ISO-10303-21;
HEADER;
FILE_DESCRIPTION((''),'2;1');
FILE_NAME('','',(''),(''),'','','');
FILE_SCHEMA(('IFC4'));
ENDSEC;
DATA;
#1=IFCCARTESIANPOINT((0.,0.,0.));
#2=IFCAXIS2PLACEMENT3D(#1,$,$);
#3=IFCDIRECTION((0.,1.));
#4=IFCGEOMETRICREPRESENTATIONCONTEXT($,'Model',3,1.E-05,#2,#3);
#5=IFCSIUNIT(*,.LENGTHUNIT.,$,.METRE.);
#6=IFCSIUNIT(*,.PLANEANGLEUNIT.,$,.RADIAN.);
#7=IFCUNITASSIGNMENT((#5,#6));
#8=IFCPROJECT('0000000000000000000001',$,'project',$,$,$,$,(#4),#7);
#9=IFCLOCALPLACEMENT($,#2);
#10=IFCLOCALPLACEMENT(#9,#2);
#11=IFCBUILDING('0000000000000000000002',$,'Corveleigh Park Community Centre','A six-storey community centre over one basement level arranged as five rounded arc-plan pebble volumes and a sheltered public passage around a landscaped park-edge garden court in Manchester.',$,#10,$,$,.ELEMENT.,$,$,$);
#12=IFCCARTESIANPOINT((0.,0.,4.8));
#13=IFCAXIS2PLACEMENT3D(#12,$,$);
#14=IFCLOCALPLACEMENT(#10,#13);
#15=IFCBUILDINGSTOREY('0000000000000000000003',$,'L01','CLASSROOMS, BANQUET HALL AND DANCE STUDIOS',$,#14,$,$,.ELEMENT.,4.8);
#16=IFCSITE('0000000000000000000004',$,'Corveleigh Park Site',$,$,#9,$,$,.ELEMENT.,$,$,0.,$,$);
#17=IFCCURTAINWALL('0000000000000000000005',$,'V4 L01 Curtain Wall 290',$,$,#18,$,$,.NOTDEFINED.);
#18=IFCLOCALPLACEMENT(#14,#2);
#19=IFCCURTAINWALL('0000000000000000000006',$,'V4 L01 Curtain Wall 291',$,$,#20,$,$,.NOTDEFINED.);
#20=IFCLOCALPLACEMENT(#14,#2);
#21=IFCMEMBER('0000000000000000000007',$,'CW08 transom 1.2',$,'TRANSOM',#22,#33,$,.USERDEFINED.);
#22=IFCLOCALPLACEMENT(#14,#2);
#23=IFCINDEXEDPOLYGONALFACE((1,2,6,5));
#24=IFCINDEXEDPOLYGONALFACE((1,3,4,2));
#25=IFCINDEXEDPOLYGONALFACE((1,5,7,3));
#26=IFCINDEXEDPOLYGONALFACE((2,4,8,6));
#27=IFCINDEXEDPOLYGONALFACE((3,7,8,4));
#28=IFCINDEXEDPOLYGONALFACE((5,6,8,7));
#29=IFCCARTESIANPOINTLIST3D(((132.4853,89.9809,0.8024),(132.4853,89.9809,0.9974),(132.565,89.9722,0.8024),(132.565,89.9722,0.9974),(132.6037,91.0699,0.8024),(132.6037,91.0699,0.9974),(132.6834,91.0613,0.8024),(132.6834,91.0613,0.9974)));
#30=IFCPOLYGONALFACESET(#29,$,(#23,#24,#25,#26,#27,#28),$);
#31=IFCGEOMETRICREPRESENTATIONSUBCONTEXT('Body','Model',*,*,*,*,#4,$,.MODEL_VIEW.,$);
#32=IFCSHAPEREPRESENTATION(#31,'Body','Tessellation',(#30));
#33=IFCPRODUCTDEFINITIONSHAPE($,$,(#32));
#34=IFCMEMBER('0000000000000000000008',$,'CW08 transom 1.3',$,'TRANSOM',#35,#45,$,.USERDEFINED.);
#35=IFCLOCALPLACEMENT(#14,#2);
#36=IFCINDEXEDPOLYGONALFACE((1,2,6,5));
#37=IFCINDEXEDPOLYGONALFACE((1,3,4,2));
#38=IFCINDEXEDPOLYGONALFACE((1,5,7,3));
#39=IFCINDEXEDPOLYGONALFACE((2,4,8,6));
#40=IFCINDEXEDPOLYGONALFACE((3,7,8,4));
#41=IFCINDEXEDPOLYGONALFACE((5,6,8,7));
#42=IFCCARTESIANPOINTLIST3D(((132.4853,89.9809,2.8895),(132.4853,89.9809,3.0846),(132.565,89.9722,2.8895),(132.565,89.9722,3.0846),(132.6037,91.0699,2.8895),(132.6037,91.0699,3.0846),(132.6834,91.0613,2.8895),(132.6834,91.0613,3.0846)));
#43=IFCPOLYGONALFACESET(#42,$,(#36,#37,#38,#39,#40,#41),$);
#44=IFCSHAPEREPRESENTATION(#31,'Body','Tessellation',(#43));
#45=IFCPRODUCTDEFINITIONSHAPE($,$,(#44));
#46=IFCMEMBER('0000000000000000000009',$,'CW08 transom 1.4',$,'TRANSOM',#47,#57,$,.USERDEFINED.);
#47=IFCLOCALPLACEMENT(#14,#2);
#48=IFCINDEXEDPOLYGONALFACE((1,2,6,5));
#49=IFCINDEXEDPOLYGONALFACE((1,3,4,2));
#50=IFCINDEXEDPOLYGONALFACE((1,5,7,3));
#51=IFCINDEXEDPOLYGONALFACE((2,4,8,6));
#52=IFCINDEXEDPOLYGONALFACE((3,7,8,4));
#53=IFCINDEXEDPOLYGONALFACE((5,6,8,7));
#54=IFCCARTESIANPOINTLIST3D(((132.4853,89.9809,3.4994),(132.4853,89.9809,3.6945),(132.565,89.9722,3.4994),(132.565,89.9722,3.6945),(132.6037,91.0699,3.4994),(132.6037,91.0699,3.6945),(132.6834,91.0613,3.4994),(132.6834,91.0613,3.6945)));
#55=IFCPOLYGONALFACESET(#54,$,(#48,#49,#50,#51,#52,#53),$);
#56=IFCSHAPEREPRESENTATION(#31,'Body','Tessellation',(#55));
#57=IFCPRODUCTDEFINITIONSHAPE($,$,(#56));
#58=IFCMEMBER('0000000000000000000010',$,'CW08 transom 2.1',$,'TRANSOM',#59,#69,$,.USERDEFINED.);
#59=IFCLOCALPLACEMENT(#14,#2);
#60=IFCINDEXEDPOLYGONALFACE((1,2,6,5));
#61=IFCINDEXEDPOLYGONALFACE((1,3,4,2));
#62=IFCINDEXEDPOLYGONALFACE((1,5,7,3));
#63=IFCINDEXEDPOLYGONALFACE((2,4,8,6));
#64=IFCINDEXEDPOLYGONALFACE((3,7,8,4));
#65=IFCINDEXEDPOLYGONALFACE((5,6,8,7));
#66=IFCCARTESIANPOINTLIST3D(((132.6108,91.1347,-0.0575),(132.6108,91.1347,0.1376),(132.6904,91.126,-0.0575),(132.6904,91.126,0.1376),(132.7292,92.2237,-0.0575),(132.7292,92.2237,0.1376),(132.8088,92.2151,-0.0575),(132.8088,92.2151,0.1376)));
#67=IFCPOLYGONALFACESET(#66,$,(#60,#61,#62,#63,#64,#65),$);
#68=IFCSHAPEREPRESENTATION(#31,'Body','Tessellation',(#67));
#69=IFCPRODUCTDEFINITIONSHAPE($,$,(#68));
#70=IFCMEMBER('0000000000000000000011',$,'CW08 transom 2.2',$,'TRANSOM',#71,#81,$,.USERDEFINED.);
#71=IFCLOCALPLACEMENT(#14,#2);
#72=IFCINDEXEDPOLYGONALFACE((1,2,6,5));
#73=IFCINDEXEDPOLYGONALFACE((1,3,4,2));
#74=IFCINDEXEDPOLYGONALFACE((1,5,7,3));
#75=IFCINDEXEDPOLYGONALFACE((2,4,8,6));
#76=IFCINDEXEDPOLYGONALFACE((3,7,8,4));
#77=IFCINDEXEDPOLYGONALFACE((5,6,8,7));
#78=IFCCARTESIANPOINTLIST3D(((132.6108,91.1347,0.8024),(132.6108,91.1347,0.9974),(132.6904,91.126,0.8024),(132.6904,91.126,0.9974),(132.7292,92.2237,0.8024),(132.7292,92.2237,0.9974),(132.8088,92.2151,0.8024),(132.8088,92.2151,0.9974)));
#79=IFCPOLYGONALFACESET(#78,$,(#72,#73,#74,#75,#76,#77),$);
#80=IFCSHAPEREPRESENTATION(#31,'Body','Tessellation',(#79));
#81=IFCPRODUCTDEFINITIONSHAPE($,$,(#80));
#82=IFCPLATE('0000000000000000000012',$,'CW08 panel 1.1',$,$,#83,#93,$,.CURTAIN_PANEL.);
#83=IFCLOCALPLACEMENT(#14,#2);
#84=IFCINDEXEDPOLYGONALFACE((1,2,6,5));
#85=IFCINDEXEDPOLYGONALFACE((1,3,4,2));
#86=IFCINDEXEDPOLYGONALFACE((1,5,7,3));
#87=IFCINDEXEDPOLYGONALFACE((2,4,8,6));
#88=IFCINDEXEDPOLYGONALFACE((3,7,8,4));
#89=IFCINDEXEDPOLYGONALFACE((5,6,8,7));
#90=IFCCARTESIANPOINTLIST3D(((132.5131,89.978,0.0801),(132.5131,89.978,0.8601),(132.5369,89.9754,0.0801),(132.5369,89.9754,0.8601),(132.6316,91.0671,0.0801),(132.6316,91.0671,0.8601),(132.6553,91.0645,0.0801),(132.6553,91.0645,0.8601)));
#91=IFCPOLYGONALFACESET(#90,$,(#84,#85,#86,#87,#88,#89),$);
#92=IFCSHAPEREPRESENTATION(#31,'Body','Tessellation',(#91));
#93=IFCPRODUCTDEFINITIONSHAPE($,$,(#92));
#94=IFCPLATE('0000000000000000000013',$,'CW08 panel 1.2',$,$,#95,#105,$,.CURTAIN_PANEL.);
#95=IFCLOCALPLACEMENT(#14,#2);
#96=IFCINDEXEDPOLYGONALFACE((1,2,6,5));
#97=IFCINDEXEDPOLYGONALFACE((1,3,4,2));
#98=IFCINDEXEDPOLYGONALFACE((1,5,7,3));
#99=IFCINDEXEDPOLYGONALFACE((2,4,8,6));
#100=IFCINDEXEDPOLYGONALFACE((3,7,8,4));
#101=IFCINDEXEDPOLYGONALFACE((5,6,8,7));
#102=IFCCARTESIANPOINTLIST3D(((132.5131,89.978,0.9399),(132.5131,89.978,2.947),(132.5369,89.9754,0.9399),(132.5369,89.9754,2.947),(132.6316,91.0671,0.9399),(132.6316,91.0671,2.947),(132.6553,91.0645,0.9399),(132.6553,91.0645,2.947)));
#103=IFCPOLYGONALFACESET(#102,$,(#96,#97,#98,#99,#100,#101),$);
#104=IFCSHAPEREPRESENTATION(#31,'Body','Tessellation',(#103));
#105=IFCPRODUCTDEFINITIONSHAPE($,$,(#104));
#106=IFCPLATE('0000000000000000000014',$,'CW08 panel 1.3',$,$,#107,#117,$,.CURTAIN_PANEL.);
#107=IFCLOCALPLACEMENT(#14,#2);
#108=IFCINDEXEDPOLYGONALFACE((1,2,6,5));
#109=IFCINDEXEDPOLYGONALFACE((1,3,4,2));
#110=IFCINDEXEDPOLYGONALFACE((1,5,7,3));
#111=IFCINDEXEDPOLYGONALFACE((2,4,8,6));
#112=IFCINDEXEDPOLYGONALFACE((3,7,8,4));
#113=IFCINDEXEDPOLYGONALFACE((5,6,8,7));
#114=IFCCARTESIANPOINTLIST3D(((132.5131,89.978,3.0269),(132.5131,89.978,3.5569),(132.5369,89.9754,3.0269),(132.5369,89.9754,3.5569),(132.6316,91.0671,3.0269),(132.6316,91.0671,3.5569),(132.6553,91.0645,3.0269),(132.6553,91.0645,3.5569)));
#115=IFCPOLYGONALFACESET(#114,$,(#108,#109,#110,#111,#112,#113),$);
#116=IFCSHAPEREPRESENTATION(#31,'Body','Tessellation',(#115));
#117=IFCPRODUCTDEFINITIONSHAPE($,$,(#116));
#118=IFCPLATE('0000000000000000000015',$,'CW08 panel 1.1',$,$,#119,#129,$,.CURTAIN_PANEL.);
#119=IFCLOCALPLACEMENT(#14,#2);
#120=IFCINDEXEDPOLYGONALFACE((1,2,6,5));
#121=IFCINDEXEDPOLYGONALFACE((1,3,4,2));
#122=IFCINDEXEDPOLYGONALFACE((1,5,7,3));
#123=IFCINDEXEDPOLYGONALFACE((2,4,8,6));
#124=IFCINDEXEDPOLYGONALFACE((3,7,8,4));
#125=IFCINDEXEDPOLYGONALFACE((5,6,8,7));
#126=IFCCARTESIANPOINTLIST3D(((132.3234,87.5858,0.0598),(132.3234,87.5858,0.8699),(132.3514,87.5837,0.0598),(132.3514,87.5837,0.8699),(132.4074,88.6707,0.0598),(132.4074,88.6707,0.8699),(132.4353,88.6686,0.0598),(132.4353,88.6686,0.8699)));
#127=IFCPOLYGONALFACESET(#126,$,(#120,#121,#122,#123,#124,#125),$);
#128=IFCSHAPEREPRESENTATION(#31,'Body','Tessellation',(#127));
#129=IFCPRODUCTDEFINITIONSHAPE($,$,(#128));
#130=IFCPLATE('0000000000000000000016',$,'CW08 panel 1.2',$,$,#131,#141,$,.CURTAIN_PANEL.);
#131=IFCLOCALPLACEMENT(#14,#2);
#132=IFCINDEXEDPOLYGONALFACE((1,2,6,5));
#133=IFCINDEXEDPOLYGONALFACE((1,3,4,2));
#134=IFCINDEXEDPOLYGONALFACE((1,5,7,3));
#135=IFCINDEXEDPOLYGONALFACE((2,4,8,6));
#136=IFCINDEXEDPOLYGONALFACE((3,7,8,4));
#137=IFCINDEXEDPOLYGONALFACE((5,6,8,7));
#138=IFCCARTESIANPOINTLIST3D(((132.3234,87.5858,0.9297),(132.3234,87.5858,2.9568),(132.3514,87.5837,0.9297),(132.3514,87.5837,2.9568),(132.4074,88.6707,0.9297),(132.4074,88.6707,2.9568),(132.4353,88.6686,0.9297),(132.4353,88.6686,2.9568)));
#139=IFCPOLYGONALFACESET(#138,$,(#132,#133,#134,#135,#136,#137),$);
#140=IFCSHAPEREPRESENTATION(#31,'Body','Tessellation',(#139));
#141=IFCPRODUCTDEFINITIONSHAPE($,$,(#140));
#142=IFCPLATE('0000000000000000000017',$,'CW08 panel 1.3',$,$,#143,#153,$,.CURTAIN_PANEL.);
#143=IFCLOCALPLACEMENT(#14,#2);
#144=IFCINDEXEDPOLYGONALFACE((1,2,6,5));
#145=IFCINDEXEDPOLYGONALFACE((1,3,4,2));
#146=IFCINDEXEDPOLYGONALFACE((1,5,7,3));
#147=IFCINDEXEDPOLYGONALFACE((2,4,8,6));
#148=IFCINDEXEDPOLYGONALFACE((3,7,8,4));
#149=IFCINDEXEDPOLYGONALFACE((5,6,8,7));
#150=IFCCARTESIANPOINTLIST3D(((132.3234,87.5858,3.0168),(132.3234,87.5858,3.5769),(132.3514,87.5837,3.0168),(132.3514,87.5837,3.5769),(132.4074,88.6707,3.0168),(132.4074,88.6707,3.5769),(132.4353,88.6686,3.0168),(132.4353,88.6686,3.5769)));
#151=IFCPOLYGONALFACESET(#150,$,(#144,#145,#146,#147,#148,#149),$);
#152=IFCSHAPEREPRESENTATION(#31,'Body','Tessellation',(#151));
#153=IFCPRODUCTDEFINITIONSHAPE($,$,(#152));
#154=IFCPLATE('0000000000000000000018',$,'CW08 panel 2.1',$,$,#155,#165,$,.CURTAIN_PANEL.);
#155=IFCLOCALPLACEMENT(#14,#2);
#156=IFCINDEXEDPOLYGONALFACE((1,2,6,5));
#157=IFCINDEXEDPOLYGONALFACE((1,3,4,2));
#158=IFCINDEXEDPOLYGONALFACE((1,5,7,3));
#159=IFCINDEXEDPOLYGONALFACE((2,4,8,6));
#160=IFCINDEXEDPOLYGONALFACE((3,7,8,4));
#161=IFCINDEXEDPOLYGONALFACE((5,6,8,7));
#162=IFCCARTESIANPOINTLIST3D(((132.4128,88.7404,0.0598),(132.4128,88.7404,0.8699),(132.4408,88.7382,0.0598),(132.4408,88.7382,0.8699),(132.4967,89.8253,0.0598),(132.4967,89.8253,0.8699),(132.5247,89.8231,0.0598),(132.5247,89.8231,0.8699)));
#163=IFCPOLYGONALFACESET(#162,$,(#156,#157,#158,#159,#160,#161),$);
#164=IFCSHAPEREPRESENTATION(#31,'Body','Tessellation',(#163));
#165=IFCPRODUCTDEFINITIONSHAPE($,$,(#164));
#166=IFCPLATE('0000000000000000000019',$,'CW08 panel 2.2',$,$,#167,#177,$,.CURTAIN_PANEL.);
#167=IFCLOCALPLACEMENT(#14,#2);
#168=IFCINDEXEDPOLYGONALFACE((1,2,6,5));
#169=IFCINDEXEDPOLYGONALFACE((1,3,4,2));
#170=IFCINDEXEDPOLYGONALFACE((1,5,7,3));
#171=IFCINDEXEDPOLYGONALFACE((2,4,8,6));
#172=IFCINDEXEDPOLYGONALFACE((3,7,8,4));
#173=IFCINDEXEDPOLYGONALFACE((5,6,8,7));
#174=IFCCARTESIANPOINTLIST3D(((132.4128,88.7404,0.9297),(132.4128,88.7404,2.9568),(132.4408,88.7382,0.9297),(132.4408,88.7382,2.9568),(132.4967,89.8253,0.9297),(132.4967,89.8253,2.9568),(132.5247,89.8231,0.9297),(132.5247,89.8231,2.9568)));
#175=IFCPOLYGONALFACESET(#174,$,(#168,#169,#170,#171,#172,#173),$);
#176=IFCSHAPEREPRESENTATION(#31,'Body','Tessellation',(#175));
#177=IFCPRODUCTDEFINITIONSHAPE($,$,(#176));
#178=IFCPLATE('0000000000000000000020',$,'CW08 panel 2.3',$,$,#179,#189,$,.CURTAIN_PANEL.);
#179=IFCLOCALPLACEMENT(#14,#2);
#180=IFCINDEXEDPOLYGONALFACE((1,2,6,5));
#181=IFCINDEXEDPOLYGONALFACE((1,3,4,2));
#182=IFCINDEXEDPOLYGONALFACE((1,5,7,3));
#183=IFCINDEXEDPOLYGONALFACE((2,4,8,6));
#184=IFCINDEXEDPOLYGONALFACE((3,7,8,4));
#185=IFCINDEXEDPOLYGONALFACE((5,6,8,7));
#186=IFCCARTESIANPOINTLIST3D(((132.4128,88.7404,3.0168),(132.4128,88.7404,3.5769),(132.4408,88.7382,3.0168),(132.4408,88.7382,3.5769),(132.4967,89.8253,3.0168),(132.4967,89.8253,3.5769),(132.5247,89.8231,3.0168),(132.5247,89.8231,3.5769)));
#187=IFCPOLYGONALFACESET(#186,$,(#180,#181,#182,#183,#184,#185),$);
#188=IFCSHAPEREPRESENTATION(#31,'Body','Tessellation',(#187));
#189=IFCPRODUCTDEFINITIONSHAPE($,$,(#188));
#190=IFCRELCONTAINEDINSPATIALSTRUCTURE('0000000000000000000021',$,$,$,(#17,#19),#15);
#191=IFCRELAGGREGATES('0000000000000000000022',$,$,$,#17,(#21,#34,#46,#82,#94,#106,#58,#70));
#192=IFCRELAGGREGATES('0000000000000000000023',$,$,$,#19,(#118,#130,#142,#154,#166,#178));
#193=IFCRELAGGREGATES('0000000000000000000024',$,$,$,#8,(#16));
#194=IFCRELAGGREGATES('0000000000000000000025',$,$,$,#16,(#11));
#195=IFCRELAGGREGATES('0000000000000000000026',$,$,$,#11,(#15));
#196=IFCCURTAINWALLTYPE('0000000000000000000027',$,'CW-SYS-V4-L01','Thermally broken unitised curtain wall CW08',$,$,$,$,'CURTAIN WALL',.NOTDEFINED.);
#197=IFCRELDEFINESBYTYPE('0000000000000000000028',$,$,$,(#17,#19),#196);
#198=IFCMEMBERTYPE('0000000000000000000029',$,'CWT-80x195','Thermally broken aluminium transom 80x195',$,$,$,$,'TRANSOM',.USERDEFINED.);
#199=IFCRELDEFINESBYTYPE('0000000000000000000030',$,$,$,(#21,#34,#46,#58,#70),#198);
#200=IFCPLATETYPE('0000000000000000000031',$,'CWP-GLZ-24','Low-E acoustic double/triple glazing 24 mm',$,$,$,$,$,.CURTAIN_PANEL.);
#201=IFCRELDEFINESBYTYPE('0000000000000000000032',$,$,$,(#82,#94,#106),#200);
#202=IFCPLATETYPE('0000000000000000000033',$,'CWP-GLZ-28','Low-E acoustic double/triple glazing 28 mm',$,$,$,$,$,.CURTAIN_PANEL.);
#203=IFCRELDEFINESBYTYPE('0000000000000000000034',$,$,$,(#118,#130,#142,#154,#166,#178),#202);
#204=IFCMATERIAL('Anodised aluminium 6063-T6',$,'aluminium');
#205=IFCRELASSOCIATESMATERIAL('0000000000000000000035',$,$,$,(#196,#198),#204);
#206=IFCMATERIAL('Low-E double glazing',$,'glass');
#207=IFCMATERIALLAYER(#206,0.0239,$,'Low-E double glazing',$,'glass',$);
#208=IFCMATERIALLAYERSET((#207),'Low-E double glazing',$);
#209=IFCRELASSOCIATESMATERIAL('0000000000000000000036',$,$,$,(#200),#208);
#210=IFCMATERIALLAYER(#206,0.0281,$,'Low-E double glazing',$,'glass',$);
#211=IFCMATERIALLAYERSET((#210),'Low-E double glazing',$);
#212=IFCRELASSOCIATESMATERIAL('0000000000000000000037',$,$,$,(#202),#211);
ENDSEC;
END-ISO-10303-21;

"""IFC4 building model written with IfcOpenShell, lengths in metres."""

from ifc_helpers import new_model, si_unit, direction, frame, origin, origin_2d, place, context, subcontext, project, spatial, rectangle, extrude, material, layer, layer_set, material_profile, profile_set, type_object, element, aggregate, save


model = new_model("IFC4")

# Units and contexts
model_context = context("Model", 3, precision=1e-05, world=origin(), true_north=direction((0.0, 1.0)))
body_context = subcontext(model_context, "Body", "Model", "MODEL_VIEW")
ifc_project = project(units=[si_unit("LENGTHUNIT", "METRE"), si_unit("PLANEANGLEUNIT", "RADIAN")], contexts=[model_context])

# Site, building, storey
site_placement = place(None, origin())
site = spatial("IfcSite", under=ifc_project, at=site_placement, Name="Corveleigh Park Site", CompositionType="ELEMENT", RefElevation=0.0)
building_placement = place(site_placement, origin())
building = spatial("IfcBuilding", under=site, at=building_placement, Name="Corveleigh Park Community Centre", Description="A six-storey community centre over one basement level arranged as five rounded arc-plan pebble volumes and a sheltered public passage around a landscaped park-edge garden court in Manchester.", CompositionType="ELEMENT")
storey_placement = place(building_placement, frame((0.0, 0.0, 4.8)))
storey = spatial("IfcBuildingStorey", under=building, at=storey_placement, Name="L01", Description="CLASSROOMS, BANQUET HALL AND DANCE STUDIOS", CompositionType="ELEMENT", Elevation=4.8)

# Curtain walls
ifc_material_1 = material(Name="Anodised aluminium 6063-T6", Category="aluminium")
curtain_wall_type = type_object("IfcCurtainWallType", Name="CW-SYS-V4-L01", Description="Thermally broken unitised curtain wall CW08", ElementType="CURTAIN WALL", PredefinedType="NOTDEFINED", material=ifc_material_1)
curtain_wall_1_placement = place(storey_placement, origin())
curtain_wall_1 = element("IfcCurtainWall", 1, at=curtain_wall_1_placement, inside=storey, type_object=curtain_wall_type, Name="V4 L01 Curtain Wall 290", PredefinedType="NOTDEFINED")
curtain_wall_2_placement = place(storey_placement, origin())
curtain_wall_2 = element("IfcCurtainWall", 2, at=curtain_wall_2_placement, inside=storey, type_object=curtain_wall_type, Name="V4 L01 Curtain Wall 291", PredefinedType="NOTDEFINED")

# Members
ifc_material_profile_1 = material_profile(ifc_material_1, rectangle(XDim=0.0801, YDim=0.1951, at=origin_2d()), Name="ALU-T80x195", Category="aluminium")
ifc_profile_set_1 = profile_set([ifc_material_profile_1], Name="Anodised aluminium 6063-T6")
member_type_1 = type_object("IfcMemberType", Name="CWT-80x195", Description="Thermally broken aluminium transom 80x195", ElementType="TRANSOM", PredefinedType="USERDEFINED", material=ifc_profile_set_1)
member_1_placement = place(storey_placement, frame((132.5251, 89.9766, 0.8999), z_axis=(0.108083, 0.994142, 0.0), x_axis=(-0.994142, 0.108083, 0.0)))
member_1 = element("IfcMember", 3, at=member_1_placement, type_object=member_type_1, Name="CW08 transom 1.2", ObjectType="TRANSOM", PredefinedType="USERDEFINED", context=body_context, shape_type="SweptSolid", body=[
    extrude(rectangle(XDim=0.0801, YDim=0.1951, at=origin_2d()), origin(), (0.0, 0.0, 1.0), 1.0955),
])
member_2_placement = place(storey_placement, frame((132.5251, 89.9766, 2.9871), z_axis=(0.108083, 0.994142, 0.0), x_axis=(-0.994142, 0.108083, 0.0)))
member_2 = element("IfcMember", 4, at=member_2_placement, type_object=member_type_1, Name="CW08 transom 1.3", ObjectType="TRANSOM", PredefinedType="USERDEFINED", context=body_context, shape_type="SweptSolid", body=[
    extrude(rectangle(XDim=0.0801, YDim=0.1951, at=origin_2d()), origin(), (0.0, 0.0, 1.0), 1.0955),
])
member_3_placement = place(storey_placement, frame((132.5251, 89.9766, 3.5969), z_axis=(0.108083, 0.994142, 0.0), x_axis=(-0.994142, 0.108083, 0.0)))
member_3 = element("IfcMember", 5, at=member_3_placement, type_object=member_type_1, Name="CW08 transom 1.4", ObjectType="TRANSOM", PredefinedType="USERDEFINED", context=body_context, shape_type="SweptSolid", body=[
    extrude(rectangle(XDim=0.0801, YDim=0.1951, at=origin_2d()), origin(), (0.0, 0.0, 1.0), 1.0955),
])
member_4_placement = place(storey_placement, frame((132.6506, 91.1304, 0.04), z_axis=(0.108083, 0.994142, 0.0), x_axis=(-0.994142, 0.108083, 0.0)))
member_4 = element("IfcMember", 6, at=member_4_placement, type_object=member_type_1, Name="CW08 transom 2.1", ObjectType="TRANSOM", PredefinedType="USERDEFINED", context=body_context, shape_type="SweptSolid", body=[
    extrude(rectangle(XDim=0.0801, YDim=0.1951, at=origin_2d()), origin(), (0.0, 0.0, 1.0), 1.0955),
])
member_5_placement = place(storey_placement, frame((132.6506, 91.1304, 0.8999), z_axis=(0.108083, 0.994142, 0.0), x_axis=(-0.994142, 0.108083, 0.0)))
member_5 = element("IfcMember", 7, at=member_5_placement, type_object=member_type_1, Name="CW08 transom 2.2", ObjectType="TRANSOM", PredefinedType="USERDEFINED", context=body_context, shape_type="SweptSolid", body=[
    extrude(rectangle(XDim=0.0801, YDim=0.1951, at=origin_2d()), origin(), (0.0, 0.0, 1.0), 1.0955),
])

# Plates
ifc_material_2 = material(Name="Low-E double glazing", Category="glass")
ifc_layer_1 = layer(ifc_material_2, 0.0239, Name="Low-E double glazing", Category="glass")
ifc_layer_set_1 = layer_set([ifc_layer_1], Name="Low-E double glazing")
plate_type_1 = type_object("IfcPlateType", Name="CWP-GLZ-24", Description="Low-E acoustic double/triple glazing 24 mm", PredefinedType="CURTAIN_PANEL", material=ifc_layer_set_1)
plate_1_placement = place(storey_placement, frame((132.5842, 90.5212, 0.0801), z_axis=(0.0, 0.0, 1.0), x_axis=(0.108131, 0.994137, 0.0)))
plate_1 = element("IfcPlate", 8, at=plate_1_placement, type_object=plate_type_1, Name="CW08 panel 1.1", PredefinedType="CURTAIN_PANEL", context=body_context, shape_type="SweptSolid", body=[
    extrude(rectangle(XDim=1.0955, YDim=0.0239, at=origin_2d()), origin(), (0.0, 0.0, 1.0), 0.78),
])
plate_2_placement = place(storey_placement, frame((132.5842, 90.5212, 0.9399), z_axis=(0.0, 0.0, 1.0), x_axis=(0.108131, 0.994137, 0.0)))
plate_2 = element("IfcPlate", 9, at=plate_2_placement, type_object=plate_type_1, Name="CW08 panel 1.2", PredefinedType="CURTAIN_PANEL", context=body_context, shape_type="SweptSolid", body=[
    extrude(rectangle(XDim=1.0955, YDim=0.0239, at=origin_2d()), origin(), (0.0, 0.0, 1.0), 2.0071),
])
plate_3_placement = place(storey_placement, frame((132.5842, 90.5212, 3.0269), z_axis=(0.0, 0.0, 1.0), x_axis=(0.108131, 0.994137, 0.0)))
plate_3 = element("IfcPlate", 10, at=plate_3_placement, type_object=plate_type_1, Name="CW08 panel 1.3", PredefinedType="CURTAIN_PANEL", context=body_context, shape_type="SweptSolid", body=[
    extrude(rectangle(XDim=1.0955, YDim=0.0239, at=origin_2d()), origin(), (0.0, 0.0, 1.0), 0.53),
])
aggregate(curtain_wall_1, [member_1, member_2, member_3, plate_1, plate_2, plate_3, member_4, member_5])
ifc_layer_2 = layer(ifc_material_2, 0.0281, Name="Low-E double glazing", Category="glass")
ifc_layer_set_2 = layer_set([ifc_layer_2], Name="Low-E double glazing")
plate_type_2 = type_object("IfcPlateType", Name="CWP-GLZ-28", Description="Low-E acoustic double/triple glazing 28 mm", PredefinedType="CURTAIN_PANEL", material=ifc_layer_set_2)
plate_4_placement = place(storey_placement, frame((132.3794, 88.1272, 0.0598), z_axis=(0.0, 0.0, 1.0), x_axis=(0.077113, 0.997022, 0.0)))
plate_4 = element("IfcPlate", 11, at=plate_4_placement, type_object=plate_type_2, Name="CW08 panel 1.1", PredefinedType="CURTAIN_PANEL", context=body_context, shape_type="SweptSolid", body=[
    extrude(rectangle(XDim=1.0881, YDim=0.0281, at=origin_2d()), origin(), (0.0, 0.0, 1.0), 0.8101),
])
plate_5_placement = place(storey_placement, frame((132.3794, 88.1272, 0.9297), z_axis=(0.0, 0.0, 1.0), x_axis=(0.077113, 0.997022, 0.0)))
plate_5 = element("IfcPlate", 12, at=plate_5_placement, type_object=plate_type_2, Name="CW08 panel 1.2", PredefinedType="CURTAIN_PANEL", context=body_context, shape_type="SweptSolid", body=[
    extrude(rectangle(XDim=1.0881, YDim=0.0281, at=origin_2d()), origin(), (0.0, 0.0, 1.0), 2.0271),
])
plate_6_placement = place(storey_placement, frame((132.3794, 88.1272, 3.0168), z_axis=(0.0, 0.0, 1.0), x_axis=(0.077113, 0.997022, 0.0)))
plate_6 = element("IfcPlate", 13, at=plate_6_placement, type_object=plate_type_2, Name="CW08 panel 1.3", PredefinedType="CURTAIN_PANEL", context=body_context, shape_type="SweptSolid", body=[
    extrude(rectangle(XDim=1.0881, YDim=0.0281, at=origin_2d()), origin(), (0.0, 0.0, 1.0), 0.5601),
])
plate_7_placement = place(storey_placement, frame((132.4688, 89.2817, 0.0598), z_axis=(0.0, 0.0, 1.0), x_axis=(0.077113, 0.997022, 0.0)))
plate_7 = element("IfcPlate", 14, at=plate_7_placement, type_object=plate_type_2, Name="CW08 panel 2.1", PredefinedType="CURTAIN_PANEL", context=body_context, shape_type="SweptSolid", body=[
    extrude(rectangle(XDim=1.0881, YDim=0.0281, at=origin_2d()), origin(), (0.0, 0.0, 1.0), 0.8101),
])
plate_8_placement = place(storey_placement, frame((132.4688, 89.2817, 0.9297), z_axis=(0.0, 0.0, 1.0), x_axis=(0.077113, 0.997022, 0.0)))
plate_8 = element("IfcPlate", 15, at=plate_8_placement, type_object=plate_type_2, Name="CW08 panel 2.2", PredefinedType="CURTAIN_PANEL", context=body_context, shape_type="SweptSolid", body=[
    extrude(rectangle(XDim=1.0881, YDim=0.0281, at=origin_2d()), origin(), (0.0, 0.0, 1.0), 2.0271),
])
plate_9_placement = place(storey_placement, frame((132.4688, 89.2817, 3.0168), z_axis=(0.0, 0.0, 1.0), x_axis=(0.077113, 0.997022, 0.0)))
plate_9 = element("IfcPlate", 16, at=plate_9_placement, type_object=plate_type_2, Name="CW08 panel 2.3", PredefinedType="CURTAIN_PANEL", context=body_context, shape_type="SweptSolid", body=[
    extrude(rectangle(XDim=1.0881, YDim=0.0281, at=origin_2d()), origin(), (0.0, 0.0, 1.0), 0.5601),
])
aggregate(curtain_wall_2, [plate_4, plate_5, plate_6, plate_7, plate_8, plate_9])

save(model, "model.ifc")
